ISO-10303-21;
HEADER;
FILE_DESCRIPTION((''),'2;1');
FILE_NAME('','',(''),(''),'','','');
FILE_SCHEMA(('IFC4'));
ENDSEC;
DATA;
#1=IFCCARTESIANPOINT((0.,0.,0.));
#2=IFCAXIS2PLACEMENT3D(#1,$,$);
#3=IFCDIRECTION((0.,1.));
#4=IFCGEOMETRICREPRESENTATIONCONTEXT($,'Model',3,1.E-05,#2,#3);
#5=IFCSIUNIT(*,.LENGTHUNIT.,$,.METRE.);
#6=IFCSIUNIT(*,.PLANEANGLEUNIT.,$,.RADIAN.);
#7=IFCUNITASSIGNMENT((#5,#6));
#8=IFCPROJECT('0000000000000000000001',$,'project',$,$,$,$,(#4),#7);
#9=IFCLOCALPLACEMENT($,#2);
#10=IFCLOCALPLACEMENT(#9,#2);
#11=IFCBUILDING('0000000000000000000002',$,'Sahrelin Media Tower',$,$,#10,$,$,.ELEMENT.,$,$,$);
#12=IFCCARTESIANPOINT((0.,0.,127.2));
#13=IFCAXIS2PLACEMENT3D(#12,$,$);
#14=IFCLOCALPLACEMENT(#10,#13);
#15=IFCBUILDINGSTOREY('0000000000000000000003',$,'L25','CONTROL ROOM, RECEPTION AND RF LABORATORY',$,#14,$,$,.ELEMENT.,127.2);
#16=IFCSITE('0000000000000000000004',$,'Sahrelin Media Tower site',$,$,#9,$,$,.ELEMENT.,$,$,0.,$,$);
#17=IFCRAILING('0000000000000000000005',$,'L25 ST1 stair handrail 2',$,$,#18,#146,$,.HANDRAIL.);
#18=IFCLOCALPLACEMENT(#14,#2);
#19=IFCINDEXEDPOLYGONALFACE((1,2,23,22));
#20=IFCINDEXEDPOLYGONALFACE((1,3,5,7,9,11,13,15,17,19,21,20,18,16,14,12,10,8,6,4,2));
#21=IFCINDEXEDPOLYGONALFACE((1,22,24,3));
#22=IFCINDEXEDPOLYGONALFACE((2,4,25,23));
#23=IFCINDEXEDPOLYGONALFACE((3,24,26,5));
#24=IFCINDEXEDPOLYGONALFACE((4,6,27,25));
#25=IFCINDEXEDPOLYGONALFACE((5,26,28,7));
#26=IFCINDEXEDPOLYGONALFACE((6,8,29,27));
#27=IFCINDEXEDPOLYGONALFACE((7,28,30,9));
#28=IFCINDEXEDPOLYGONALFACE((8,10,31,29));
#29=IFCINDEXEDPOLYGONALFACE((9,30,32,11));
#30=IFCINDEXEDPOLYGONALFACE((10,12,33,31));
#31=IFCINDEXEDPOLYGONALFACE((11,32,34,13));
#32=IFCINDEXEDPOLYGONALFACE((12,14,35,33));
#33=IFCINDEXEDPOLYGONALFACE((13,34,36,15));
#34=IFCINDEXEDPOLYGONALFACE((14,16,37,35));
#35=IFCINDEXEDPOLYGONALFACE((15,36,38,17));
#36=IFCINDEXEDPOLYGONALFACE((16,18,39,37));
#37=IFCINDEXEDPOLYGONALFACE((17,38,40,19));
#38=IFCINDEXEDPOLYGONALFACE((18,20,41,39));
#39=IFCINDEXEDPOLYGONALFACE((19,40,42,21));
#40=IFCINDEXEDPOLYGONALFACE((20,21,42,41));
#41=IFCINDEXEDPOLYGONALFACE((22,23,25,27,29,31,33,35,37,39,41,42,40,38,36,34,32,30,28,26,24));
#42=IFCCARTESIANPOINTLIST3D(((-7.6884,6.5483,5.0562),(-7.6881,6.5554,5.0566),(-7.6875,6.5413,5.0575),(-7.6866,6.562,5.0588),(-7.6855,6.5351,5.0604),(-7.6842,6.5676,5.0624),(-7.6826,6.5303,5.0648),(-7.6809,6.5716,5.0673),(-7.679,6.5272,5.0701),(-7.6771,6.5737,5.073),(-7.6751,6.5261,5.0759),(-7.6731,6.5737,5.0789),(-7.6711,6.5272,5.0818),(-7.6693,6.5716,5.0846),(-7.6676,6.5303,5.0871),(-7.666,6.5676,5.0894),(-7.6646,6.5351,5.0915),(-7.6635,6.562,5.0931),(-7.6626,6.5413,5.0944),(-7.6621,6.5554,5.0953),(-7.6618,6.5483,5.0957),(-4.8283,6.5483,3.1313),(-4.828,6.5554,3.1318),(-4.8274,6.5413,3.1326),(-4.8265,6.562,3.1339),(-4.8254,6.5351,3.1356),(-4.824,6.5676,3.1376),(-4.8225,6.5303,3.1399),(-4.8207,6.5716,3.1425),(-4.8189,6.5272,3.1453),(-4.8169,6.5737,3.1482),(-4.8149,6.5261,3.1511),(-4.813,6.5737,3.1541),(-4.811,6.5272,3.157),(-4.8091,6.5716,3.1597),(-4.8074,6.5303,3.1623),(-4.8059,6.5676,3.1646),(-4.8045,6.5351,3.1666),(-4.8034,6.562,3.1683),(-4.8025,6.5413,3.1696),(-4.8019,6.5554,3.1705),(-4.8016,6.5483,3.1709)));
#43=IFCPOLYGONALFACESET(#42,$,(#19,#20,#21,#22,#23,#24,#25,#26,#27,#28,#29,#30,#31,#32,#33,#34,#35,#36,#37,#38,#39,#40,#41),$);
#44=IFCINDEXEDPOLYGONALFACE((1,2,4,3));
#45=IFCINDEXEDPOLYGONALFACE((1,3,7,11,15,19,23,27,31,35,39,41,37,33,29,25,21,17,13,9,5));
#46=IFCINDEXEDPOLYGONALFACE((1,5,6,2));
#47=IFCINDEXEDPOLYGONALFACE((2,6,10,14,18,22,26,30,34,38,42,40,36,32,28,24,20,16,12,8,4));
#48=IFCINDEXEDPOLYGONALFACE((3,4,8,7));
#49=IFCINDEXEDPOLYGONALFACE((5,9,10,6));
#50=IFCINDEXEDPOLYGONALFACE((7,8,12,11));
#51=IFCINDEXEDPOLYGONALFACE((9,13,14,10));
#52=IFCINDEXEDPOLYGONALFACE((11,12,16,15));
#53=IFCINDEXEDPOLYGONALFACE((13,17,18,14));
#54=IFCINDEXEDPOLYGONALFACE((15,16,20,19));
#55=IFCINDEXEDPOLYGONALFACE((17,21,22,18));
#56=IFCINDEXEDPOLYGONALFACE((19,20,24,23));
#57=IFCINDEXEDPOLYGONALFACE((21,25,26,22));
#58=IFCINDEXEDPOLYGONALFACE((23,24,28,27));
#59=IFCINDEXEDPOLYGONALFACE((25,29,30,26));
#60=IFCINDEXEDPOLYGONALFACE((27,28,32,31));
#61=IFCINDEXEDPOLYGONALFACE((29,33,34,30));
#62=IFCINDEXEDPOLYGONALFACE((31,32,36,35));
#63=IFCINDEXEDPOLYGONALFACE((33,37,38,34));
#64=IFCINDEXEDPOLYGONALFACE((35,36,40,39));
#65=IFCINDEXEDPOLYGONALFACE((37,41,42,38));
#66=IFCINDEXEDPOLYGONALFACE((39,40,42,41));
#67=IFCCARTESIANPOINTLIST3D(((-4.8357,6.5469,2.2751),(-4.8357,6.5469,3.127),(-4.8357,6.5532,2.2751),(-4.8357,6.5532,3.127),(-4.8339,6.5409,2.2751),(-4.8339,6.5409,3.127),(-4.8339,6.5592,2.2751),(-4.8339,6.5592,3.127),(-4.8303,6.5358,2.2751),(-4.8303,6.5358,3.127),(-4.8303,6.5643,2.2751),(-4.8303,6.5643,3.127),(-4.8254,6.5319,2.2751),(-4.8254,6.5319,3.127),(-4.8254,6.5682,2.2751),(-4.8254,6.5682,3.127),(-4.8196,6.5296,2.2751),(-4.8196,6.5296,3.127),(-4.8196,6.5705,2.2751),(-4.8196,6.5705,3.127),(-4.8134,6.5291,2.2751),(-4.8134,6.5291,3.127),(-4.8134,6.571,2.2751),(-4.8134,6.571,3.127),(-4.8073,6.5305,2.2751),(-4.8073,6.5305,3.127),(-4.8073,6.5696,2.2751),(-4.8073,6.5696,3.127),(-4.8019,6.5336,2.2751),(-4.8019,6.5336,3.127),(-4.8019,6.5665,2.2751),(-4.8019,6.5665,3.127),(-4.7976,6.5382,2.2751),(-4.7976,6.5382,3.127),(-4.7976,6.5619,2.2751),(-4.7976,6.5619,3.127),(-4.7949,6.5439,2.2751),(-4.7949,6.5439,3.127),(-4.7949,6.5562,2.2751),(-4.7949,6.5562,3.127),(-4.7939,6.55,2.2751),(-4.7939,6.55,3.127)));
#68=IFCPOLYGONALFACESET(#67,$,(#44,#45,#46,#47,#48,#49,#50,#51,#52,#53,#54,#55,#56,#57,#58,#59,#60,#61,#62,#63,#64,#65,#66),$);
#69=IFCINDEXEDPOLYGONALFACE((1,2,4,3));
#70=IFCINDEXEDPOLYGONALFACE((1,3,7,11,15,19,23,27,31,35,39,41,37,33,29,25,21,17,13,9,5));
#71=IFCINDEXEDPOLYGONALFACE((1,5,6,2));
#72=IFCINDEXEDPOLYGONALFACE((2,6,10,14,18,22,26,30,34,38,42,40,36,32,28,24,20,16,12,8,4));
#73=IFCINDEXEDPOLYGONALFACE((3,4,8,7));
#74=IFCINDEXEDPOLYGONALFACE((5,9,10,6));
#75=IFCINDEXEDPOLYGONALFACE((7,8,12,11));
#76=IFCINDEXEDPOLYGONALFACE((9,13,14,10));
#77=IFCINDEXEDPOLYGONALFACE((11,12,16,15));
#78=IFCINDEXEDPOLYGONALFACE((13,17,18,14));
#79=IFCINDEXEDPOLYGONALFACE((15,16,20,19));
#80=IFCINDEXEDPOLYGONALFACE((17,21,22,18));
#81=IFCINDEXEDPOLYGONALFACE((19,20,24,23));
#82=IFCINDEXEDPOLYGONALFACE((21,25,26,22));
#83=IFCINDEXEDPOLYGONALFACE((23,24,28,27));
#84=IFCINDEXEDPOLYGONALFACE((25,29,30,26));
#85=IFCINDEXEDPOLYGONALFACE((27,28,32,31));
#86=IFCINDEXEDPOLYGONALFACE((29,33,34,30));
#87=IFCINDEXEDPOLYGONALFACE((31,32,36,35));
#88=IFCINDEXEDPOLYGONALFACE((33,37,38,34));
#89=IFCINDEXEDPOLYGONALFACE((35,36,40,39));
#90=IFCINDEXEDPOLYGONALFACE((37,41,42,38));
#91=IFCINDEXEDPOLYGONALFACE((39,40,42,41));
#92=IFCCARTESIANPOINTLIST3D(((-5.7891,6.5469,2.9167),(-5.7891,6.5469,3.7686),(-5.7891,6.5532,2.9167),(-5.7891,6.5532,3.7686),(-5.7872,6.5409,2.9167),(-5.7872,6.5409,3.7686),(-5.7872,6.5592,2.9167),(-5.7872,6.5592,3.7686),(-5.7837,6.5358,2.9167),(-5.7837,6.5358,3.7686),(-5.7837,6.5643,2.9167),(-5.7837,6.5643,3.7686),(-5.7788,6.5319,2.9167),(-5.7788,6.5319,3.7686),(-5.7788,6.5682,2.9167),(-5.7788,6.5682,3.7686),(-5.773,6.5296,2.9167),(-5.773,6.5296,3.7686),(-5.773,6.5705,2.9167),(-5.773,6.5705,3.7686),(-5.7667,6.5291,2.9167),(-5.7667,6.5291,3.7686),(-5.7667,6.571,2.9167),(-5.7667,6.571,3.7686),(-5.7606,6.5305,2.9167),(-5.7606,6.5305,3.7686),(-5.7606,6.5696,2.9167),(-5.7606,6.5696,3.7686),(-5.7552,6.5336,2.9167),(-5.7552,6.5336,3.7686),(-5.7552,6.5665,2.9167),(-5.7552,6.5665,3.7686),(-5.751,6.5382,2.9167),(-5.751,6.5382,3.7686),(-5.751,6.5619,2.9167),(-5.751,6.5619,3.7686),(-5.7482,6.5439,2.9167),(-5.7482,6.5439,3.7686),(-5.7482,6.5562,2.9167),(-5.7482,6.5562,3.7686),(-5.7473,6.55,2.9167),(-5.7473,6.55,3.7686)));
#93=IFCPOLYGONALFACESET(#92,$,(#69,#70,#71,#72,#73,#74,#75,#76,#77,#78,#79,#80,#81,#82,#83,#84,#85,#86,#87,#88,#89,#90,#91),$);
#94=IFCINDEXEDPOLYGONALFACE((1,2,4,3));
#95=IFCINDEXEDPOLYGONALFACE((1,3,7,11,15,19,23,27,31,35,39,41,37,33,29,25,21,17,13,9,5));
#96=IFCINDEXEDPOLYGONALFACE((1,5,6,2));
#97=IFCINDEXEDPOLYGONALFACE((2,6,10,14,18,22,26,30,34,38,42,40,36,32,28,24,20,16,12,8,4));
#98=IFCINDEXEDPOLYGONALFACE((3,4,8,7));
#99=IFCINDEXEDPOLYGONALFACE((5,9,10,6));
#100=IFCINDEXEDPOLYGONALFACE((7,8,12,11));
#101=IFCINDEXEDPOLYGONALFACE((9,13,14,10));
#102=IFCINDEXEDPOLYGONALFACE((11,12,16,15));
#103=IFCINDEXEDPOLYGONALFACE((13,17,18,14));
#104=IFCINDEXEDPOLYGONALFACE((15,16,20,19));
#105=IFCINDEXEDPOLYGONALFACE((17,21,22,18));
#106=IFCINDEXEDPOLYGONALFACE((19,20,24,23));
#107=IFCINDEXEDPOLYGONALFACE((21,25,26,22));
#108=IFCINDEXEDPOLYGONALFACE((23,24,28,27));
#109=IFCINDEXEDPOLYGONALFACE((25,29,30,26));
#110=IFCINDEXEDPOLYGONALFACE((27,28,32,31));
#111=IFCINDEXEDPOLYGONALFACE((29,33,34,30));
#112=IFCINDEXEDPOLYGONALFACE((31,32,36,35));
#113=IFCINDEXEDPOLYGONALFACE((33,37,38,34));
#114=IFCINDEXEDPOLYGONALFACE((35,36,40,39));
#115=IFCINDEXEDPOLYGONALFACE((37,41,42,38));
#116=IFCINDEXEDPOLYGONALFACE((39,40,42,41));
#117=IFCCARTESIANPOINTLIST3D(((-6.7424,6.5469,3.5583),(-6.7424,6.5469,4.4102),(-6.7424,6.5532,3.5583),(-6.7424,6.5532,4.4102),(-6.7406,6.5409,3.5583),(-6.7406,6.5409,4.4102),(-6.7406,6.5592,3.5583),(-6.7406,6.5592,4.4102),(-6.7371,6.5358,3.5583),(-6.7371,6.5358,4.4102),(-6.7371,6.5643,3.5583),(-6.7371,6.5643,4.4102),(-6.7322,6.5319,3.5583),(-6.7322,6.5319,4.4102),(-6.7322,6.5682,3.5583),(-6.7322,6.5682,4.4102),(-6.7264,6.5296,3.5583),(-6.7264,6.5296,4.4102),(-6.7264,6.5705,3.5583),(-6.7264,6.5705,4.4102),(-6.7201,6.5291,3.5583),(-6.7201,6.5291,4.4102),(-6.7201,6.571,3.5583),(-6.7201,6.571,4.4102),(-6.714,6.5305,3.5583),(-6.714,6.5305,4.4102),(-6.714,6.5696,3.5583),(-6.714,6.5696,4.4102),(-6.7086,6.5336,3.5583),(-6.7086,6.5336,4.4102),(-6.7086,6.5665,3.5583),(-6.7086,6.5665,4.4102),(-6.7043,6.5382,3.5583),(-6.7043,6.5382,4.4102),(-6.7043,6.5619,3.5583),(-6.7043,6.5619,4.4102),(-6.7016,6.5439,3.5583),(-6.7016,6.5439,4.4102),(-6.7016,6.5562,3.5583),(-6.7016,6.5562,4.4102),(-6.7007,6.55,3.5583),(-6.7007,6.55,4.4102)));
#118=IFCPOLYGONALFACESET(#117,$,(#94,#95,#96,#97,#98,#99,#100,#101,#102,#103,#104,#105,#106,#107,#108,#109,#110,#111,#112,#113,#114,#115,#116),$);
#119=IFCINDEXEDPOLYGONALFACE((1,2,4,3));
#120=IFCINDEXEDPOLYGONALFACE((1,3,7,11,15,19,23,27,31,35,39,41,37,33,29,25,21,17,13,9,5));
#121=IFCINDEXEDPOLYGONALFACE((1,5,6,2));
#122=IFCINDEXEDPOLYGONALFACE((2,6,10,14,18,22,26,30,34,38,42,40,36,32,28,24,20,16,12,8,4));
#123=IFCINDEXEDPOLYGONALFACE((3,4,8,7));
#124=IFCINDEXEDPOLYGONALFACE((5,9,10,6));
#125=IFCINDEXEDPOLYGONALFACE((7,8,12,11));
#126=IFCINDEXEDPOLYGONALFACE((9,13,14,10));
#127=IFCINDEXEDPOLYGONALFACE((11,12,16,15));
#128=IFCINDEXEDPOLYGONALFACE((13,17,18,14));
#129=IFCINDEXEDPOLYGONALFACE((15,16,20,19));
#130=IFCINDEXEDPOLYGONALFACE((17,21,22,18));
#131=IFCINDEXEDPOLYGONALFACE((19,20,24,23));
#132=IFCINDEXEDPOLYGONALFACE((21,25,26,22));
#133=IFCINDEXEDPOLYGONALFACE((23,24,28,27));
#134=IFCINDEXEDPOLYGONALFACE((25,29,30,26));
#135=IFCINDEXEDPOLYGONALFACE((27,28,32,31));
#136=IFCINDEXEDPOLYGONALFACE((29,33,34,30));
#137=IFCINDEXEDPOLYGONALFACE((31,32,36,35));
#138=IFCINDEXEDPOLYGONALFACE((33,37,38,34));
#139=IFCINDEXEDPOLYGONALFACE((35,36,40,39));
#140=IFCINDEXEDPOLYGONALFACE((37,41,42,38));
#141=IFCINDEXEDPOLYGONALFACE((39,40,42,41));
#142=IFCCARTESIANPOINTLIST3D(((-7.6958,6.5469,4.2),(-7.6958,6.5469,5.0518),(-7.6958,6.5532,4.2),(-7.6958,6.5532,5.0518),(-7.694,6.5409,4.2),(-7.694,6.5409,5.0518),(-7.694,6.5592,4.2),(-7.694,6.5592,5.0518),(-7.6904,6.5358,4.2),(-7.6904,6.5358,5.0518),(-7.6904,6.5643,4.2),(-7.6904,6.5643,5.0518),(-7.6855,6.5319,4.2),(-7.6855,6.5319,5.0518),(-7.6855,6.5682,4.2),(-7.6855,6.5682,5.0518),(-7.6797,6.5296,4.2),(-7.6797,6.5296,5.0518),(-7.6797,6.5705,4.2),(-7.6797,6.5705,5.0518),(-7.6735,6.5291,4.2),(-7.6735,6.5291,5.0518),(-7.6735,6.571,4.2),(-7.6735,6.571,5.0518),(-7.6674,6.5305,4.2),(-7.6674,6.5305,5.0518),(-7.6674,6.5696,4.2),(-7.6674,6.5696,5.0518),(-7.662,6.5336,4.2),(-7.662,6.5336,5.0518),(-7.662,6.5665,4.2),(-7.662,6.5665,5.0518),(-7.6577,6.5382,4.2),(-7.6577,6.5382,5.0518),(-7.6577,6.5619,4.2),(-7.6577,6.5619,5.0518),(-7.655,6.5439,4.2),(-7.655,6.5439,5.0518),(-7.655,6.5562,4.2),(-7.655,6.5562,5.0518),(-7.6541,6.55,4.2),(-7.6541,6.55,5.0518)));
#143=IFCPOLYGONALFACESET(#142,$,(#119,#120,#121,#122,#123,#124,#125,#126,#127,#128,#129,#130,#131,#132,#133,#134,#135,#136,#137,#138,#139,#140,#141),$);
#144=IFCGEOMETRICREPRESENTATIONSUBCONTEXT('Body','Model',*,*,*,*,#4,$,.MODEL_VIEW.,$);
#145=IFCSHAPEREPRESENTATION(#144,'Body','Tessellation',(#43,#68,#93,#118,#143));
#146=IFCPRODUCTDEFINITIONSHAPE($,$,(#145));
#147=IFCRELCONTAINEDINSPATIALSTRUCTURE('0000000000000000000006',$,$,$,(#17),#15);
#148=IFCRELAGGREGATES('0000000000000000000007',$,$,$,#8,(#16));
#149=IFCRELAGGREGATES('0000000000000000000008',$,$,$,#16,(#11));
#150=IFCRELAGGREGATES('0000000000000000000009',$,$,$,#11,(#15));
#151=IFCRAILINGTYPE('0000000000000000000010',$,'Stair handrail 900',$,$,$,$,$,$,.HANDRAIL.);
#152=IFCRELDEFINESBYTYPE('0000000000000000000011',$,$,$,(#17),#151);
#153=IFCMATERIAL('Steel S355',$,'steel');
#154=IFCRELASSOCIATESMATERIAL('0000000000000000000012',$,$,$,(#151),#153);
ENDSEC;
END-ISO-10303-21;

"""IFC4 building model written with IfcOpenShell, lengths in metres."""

from ifc_helpers import new_model, si_unit, direction, frame, origin, origin_2d, place, context, subcontext, project, spatial, circle, extrude, material, type_object, element, save


model = new_model("IFC4")

# Units and contexts
model_context = context("Model", 3, precision=1e-05, world=origin(), true_north=direction((0.0, 1.0)))
body_context = subcontext(model_context, "Body", "Model", "MODEL_VIEW")
ifc_project = project(units=[si_unit("LENGTHUNIT", "METRE"), si_unit("PLANEANGLEUNIT", "RADIAN")], contexts=[model_context])

# Site, building, storey
site_placement = place(None, origin())
site = spatial("IfcSite", under=ifc_project, at=site_placement, Name="Sahrelin Media Tower site", CompositionType="ELEMENT", RefElevation=0.0)
building_placement = place(site_placement, origin())
building = spatial("IfcBuilding", under=site, at=building_placement, Name="Sahrelin Media Tower", CompositionType="ELEMENT")
storey_placement = place(building_placement, frame((0.0, 0.0, 127.2)))
storey = spatial("IfcBuildingStorey", under=building, at=storey_placement, Name="L25", Description="CONTROL ROOM, RECEPTION AND RF LABORATORY", CompositionType="ELEMENT", Elevation=127.2)

# Shared definitions
ifc_material_1 = material(Name="Steel S355", Category="steel")

# Railing
railing_type_1 = type_object("IfcRailingType", Name="Stair handrail 900", PredefinedType="HANDRAIL", material=ifc_material_1)
railing_1_placement = place(storey_placement, frame((-4.8149, 6.55, 2.2751)))
element("IfcRailing", 1, at=railing_1_placement, inside=storey, type_object=railing_type_1, Name="L25 ST1 stair handrail 2", PredefinedType="HANDRAIL", context=body_context, shape_type="SweptSolid", body=[
    extrude(circle(Radius=0.0239, at=origin_2d()), frame((0.0, 0.0, 0.876), z_axis=(-0.829624, 0.0, 0.558323), x_axis=(0.0, -1.0, 0.0)), (0.0, 0.0, 1.0), 3.4475),
    extrude(circle(Radius=0.021, at=origin_2d()), origin(), (0.0, 0.0, 1.0), 0.8518),
    extrude(circle(Radius=0.021, at=origin_2d()), frame((-0.9534, 0.0, 0.6416)), (0.0, 0.0, 1.0), 0.8518),
    extrude(circle(Radius=0.021, at=origin_2d()), frame((-1.9067, 0.0, 1.2832)), (0.0, 0.0, 1.0), 0.8518),
    extrude(circle(Radius=0.021, at=origin_2d()), frame((-2.8601, 0.0, 1.9248)), (0.0, 0.0, 1.0), 0.8518),
])

save(model, "model.ifc")
